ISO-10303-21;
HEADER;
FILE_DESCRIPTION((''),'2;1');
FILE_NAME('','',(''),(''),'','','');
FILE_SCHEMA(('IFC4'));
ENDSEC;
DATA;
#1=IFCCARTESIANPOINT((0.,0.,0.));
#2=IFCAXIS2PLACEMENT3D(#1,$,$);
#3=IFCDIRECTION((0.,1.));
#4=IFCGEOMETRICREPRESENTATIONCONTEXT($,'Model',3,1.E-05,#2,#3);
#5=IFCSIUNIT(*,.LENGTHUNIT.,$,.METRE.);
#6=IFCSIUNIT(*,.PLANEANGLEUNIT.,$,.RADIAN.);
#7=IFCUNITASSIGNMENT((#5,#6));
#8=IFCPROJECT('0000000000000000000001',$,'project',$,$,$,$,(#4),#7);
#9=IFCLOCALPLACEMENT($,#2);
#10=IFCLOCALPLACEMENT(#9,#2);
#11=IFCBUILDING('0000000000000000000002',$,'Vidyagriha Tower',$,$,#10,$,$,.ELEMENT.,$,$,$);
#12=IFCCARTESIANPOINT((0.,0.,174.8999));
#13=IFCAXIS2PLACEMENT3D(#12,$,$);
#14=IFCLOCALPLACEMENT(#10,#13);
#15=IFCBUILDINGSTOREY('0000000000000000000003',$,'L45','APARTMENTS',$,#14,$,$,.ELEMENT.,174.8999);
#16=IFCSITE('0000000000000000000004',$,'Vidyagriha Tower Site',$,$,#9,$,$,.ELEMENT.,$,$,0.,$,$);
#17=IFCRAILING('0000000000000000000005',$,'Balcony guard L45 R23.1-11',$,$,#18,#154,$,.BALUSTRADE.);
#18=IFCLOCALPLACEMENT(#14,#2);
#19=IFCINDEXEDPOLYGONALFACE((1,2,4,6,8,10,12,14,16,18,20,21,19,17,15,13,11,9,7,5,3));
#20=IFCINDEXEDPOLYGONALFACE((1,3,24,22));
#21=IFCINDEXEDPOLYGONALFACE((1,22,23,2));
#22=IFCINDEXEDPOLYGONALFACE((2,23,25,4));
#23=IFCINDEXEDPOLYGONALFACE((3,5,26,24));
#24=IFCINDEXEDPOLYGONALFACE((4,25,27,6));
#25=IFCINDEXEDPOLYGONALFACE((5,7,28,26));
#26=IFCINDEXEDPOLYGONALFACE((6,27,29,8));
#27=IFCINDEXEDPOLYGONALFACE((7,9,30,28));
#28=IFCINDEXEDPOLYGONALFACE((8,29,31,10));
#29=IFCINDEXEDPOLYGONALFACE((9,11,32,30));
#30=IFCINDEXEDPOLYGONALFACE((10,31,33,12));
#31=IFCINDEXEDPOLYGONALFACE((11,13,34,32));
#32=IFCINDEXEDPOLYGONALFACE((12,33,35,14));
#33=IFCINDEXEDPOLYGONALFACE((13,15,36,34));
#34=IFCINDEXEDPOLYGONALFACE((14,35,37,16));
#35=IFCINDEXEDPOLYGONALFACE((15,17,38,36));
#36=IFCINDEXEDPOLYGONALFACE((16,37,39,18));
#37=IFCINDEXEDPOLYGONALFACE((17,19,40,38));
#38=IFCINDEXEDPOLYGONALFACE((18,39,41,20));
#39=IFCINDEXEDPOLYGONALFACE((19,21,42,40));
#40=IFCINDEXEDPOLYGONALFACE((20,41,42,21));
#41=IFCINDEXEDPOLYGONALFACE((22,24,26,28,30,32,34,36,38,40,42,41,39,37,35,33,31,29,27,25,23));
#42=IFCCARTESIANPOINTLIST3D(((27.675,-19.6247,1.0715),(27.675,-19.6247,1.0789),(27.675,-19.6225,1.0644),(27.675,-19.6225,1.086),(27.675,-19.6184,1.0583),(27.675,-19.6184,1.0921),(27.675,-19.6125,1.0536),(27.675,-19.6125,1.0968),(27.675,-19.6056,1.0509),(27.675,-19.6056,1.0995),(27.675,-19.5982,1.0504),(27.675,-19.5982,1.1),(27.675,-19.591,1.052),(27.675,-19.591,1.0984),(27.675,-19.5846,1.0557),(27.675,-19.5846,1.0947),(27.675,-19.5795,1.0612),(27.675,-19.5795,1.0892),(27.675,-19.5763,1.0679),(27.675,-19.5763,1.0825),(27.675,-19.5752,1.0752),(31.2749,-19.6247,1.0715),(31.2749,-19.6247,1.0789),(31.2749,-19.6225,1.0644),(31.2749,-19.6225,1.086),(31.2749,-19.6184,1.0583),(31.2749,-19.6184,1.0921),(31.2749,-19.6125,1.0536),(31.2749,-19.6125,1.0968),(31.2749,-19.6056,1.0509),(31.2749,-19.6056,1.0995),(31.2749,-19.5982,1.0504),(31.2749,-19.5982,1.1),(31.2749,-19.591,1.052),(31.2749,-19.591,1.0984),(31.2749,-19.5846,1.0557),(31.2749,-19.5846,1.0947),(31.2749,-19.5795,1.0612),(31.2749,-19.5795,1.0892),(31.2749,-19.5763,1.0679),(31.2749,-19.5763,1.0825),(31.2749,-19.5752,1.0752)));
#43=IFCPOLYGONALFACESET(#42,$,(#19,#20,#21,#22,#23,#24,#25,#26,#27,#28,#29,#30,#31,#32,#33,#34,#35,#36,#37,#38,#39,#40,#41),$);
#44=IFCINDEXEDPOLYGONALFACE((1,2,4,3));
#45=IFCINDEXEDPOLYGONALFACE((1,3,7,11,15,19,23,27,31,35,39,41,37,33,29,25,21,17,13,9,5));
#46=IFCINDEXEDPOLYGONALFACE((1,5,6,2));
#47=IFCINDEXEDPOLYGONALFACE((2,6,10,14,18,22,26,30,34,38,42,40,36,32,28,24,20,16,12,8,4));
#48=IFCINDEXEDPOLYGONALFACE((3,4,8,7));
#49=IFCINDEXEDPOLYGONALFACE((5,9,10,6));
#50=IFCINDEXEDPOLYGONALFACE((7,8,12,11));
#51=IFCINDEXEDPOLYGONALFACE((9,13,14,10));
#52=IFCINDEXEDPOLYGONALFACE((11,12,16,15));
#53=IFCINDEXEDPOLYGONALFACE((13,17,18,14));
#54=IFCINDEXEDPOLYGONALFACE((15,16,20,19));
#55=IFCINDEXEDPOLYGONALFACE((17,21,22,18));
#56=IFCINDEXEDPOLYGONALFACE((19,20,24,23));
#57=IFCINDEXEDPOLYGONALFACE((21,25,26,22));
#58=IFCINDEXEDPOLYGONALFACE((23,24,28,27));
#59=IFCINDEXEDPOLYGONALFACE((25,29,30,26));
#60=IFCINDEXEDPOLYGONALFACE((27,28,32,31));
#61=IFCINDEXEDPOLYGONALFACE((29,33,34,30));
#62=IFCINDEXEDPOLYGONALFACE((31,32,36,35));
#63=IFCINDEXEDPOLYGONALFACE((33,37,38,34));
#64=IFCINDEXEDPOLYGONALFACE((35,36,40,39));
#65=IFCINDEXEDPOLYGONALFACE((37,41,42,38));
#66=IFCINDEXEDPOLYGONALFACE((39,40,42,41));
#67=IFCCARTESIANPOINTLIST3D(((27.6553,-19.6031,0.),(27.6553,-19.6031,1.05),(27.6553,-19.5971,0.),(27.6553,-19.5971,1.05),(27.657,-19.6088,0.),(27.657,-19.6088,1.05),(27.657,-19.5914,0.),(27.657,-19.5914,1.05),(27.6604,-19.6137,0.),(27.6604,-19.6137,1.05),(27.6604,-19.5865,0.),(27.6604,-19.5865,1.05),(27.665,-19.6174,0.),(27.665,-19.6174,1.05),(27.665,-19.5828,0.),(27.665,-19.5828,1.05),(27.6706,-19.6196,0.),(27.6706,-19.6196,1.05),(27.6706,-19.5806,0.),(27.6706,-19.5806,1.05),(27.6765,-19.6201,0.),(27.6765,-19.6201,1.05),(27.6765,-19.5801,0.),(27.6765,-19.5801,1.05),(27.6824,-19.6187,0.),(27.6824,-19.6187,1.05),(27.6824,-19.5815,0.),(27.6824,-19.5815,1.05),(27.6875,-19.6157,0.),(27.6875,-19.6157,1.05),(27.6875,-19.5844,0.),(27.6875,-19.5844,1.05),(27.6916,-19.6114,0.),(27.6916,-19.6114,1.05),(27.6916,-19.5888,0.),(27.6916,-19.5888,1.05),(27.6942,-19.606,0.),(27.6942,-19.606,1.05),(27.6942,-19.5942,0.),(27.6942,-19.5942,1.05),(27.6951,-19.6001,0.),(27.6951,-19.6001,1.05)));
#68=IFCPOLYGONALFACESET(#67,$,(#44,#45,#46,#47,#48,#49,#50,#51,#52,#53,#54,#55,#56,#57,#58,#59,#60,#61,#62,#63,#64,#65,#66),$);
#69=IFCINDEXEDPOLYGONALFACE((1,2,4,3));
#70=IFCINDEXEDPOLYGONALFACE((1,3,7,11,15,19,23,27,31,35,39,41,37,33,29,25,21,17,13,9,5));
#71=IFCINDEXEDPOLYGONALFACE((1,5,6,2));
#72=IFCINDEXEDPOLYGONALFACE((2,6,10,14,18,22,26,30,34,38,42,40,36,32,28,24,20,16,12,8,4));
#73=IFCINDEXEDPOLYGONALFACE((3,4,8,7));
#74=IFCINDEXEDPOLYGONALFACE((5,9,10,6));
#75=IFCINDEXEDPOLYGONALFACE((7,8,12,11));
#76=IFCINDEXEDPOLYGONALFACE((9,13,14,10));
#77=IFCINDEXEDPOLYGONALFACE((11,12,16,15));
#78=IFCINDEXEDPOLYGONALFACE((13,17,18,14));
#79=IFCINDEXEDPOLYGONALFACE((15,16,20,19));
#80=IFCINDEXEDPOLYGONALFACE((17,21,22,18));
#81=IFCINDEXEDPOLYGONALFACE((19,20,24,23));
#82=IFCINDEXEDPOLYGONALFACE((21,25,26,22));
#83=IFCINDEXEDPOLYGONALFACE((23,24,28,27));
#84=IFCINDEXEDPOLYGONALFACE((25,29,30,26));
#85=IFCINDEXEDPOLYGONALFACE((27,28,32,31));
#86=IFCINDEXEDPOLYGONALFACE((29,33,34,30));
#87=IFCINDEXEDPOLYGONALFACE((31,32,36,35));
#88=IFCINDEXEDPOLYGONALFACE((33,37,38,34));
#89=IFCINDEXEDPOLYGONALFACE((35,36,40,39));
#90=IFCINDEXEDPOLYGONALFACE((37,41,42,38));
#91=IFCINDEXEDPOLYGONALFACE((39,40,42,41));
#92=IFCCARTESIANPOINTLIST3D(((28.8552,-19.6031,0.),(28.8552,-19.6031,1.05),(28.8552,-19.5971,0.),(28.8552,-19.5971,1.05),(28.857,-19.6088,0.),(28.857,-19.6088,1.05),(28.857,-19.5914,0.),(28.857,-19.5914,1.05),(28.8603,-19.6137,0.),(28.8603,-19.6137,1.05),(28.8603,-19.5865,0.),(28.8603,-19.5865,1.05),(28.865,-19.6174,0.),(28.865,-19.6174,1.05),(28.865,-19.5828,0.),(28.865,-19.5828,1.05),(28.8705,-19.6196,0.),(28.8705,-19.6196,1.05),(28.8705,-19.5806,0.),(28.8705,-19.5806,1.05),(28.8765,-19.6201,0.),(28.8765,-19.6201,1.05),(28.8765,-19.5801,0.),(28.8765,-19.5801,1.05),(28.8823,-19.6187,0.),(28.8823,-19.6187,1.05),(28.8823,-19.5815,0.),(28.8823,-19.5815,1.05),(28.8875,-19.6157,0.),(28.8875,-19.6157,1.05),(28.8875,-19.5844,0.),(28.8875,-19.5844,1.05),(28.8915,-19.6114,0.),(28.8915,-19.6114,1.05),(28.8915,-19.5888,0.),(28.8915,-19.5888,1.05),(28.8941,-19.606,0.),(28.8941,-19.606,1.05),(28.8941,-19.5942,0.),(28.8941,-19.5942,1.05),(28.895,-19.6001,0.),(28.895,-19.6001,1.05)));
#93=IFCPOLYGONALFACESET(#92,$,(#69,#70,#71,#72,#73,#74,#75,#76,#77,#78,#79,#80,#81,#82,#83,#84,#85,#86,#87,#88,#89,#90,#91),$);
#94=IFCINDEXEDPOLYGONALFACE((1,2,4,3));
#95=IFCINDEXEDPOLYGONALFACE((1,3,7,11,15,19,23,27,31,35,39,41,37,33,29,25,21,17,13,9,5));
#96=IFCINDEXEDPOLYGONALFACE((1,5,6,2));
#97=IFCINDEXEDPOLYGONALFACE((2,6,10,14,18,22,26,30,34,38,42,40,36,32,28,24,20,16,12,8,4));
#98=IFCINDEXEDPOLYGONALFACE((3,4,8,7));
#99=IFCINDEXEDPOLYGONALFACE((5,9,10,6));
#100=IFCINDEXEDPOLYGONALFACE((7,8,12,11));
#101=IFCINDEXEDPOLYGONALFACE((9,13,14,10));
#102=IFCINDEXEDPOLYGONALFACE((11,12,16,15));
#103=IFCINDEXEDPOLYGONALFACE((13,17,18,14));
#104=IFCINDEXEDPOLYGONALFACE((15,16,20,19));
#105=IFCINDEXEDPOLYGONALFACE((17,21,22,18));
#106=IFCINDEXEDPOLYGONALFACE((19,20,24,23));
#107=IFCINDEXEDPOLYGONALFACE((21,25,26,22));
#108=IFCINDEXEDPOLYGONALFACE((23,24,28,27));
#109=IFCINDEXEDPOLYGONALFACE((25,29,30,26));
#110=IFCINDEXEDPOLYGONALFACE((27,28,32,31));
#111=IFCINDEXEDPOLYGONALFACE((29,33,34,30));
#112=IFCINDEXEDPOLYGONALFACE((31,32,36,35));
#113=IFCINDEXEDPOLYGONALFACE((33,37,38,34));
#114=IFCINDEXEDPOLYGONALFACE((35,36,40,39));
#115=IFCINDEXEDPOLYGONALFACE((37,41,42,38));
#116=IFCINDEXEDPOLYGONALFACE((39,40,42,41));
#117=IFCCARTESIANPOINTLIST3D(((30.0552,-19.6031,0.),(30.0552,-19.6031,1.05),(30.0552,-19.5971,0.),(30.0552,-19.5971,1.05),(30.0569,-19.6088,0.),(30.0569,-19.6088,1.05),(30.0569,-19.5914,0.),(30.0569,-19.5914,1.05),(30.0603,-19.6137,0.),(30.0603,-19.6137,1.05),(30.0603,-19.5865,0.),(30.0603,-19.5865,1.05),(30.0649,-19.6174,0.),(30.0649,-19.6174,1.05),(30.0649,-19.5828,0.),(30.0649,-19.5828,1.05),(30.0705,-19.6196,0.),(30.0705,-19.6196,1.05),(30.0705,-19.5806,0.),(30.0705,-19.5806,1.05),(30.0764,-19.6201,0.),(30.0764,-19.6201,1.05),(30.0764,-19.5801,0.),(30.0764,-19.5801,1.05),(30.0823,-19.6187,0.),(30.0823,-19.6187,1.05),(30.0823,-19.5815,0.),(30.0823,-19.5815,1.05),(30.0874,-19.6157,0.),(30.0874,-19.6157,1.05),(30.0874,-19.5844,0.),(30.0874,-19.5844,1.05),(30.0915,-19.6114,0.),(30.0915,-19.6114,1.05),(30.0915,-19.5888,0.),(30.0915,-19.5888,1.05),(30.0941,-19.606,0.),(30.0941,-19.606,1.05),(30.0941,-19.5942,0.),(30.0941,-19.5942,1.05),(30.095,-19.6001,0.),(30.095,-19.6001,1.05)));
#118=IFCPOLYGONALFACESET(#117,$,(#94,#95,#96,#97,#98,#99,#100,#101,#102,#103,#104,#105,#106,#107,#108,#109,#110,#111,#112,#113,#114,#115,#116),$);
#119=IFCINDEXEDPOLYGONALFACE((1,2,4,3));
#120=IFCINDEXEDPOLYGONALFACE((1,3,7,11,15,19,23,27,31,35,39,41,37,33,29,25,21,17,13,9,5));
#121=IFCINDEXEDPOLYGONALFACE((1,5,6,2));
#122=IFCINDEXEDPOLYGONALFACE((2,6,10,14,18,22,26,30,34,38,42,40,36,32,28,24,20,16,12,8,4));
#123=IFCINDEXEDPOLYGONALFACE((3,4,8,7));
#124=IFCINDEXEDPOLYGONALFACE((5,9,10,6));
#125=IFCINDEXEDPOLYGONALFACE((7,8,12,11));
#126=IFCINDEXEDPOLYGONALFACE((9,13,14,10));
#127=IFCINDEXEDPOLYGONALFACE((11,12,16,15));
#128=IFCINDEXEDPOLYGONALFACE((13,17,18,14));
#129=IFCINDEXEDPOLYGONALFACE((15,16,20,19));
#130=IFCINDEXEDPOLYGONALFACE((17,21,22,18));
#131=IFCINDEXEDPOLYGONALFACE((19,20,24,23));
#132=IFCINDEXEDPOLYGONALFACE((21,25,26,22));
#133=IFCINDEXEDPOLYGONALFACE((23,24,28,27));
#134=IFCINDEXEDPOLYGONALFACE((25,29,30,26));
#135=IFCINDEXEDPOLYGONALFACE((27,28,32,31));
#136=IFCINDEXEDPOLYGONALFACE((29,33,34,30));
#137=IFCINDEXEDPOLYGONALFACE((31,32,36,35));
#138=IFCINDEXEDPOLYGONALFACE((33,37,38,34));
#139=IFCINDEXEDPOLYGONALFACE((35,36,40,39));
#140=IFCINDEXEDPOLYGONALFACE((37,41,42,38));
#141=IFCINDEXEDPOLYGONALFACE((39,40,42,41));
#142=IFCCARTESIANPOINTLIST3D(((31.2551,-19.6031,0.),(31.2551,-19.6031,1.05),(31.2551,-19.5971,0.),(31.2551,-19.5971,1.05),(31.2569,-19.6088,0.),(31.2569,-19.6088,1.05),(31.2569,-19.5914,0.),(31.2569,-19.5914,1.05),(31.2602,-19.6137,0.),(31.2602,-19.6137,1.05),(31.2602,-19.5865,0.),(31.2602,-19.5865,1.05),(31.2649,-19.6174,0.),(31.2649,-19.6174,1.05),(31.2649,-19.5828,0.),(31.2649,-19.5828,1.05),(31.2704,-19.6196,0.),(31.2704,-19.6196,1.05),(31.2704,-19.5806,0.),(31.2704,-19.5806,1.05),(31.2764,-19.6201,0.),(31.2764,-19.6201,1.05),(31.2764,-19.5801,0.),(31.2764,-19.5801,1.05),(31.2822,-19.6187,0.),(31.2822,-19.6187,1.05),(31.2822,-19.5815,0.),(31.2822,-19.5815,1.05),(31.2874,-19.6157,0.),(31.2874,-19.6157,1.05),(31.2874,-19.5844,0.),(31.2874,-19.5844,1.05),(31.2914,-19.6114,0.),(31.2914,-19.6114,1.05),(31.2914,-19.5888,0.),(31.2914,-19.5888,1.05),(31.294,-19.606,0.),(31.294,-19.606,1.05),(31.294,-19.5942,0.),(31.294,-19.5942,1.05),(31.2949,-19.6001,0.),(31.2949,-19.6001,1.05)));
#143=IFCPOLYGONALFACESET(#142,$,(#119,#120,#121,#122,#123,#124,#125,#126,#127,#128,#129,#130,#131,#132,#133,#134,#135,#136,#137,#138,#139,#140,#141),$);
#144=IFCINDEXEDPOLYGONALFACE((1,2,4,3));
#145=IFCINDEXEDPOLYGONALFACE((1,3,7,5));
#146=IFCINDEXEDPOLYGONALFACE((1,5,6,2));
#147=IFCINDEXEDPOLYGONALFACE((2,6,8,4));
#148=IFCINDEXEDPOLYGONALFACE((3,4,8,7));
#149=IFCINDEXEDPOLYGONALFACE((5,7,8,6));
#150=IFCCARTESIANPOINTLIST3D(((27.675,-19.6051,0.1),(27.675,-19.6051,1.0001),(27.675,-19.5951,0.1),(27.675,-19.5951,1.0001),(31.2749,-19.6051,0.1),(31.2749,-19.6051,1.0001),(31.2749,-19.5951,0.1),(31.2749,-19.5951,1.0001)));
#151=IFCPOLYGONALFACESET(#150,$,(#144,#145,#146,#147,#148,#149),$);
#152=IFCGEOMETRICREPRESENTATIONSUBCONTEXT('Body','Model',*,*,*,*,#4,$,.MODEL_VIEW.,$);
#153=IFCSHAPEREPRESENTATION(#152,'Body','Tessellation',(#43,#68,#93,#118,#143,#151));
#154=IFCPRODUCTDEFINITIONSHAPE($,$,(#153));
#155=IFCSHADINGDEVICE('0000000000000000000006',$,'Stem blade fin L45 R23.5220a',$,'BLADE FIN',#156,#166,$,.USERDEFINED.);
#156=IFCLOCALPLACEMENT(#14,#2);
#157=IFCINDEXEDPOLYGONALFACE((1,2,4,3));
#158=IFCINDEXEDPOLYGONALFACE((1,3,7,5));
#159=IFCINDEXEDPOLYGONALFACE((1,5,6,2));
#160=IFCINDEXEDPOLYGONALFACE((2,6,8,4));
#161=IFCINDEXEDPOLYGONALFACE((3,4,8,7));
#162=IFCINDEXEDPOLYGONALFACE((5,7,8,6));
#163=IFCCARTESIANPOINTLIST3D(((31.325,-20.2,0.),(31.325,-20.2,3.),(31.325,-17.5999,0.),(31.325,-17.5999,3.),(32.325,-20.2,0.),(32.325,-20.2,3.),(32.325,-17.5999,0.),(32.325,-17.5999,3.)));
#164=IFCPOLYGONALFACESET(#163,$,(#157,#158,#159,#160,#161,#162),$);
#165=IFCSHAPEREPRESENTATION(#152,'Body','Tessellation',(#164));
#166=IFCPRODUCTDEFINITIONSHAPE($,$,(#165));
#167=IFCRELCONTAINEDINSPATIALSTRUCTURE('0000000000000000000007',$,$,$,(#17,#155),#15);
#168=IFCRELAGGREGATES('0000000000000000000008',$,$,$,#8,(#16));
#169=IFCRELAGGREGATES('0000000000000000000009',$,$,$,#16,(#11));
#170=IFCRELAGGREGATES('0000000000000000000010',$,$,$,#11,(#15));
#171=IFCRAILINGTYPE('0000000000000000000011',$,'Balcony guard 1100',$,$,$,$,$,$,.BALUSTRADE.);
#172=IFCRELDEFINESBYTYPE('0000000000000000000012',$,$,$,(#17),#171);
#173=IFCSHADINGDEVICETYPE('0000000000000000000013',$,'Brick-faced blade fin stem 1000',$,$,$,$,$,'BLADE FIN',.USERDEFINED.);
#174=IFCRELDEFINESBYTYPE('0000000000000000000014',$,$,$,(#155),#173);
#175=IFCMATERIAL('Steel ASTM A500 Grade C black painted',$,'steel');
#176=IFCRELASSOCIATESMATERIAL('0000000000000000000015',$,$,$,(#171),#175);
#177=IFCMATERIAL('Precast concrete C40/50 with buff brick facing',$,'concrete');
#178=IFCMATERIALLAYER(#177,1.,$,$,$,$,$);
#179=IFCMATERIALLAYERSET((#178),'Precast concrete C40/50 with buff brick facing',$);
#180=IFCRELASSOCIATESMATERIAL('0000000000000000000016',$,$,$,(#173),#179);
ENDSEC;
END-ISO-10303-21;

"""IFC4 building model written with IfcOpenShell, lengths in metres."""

from ifc_helpers import new_model, si_unit, direction, frame, origin, origin_2d, place, context, subcontext, project, spatial, polyline, rectangle, circle, outline, extrude, material, layer, layer_set, type_object, element, save


model = new_model("IFC4")

# Units and contexts
model_context = context("Model", 3, precision=1e-05, world=origin(), true_north=direction((0.0, 1.0)))
body_context = subcontext(model_context, "Body", "Model", "MODEL_VIEW")
ifc_project = project(units=[si_unit("LENGTHUNIT", "METRE"), si_unit("PLANEANGLEUNIT", "RADIAN")], contexts=[model_context])

# Site, building, storey
site_placement = place(None, origin())
site = spatial("IfcSite", under=ifc_project, at=site_placement, Name="Vidyagriha Tower Site", CompositionType="ELEMENT", RefElevation=0.0)
building_placement = place(site_placement, origin())
building = spatial("IfcBuilding", under=site, at=building_placement, Name="Vidyagriha Tower", CompositionType="ELEMENT")
storey_placement = place(building_placement, frame((0.0, 0.0, 174.8999)))
storey = spatial("IfcBuildingStorey", under=building, at=storey_placement, Name="L45", Description="APARTMENTS", CompositionType="ELEMENT", Elevation=174.8999)

# Railing
ifc_material_1 = material(Name="Steel ASTM A500 Grade C black painted", Category="steel")
railing_type_1 = type_object("IfcRailingType", Name="Balcony guard 1100", PredefinedType="BALUSTRADE", material=ifc_material_1)
railing_1_placement = place(storey_placement, frame((27.675, -19.6001, 0.0)))
element("IfcRailing", 1, at=railing_1_placement, inside=storey, type_object=railing_type_1, Name="Balcony guard L45 R23.1-11", PredefinedType="BALUSTRADE", context=body_context, shape_type="SweptSolid", body=[
    extrude(circle(Radius=0.0249, at=origin_2d()), frame((0.0, 0.0, 1.0752), z_axis=(1.0, 0.0, 0.0), x_axis=(0.0, 1.0, 0.0)), (0.0, 0.0, 1.0), 3.5999),
    extrude(circle(Radius=0.02, at=origin_2d()), origin(), (0.0, 0.0, 1.0), 1.05),
    extrude(circle(Radius=0.02, at=origin_2d()), frame((1.2, 0.0, 0.0)), (0.0, 0.0, 1.0), 1.05),
    extrude(circle(Radius=0.02, at=origin_2d()), frame((2.3999, 0.0, 0.0)), (0.0, 0.0, 1.0), 1.05),
    extrude(circle(Radius=0.02, at=origin_2d()), frame((3.5999, 0.0, 0.0)), (0.0, 0.0, 1.0), 1.05),
    extrude(rectangle(XDim=0.01, YDim=0.9001, at=origin_2d()), frame((0.0, 0.0, 0.55), z_axis=(1.0, 0.0, 0.0), x_axis=(0.0, 1.0, 0.0)), (0.0, 0.0, 1.0), 3.5999),
])

# Shading device
ifc_material_2 = material(Name="Precast concrete C40/50 with buff brick facing", Category="concrete")
ifc_layer_1 = layer(ifc_material_2, 1.0)
ifc_layer_set_1 = layer_set([ifc_layer_1], Name="Precast concrete C40/50 with buff brick facing")
shading_device_type = type_object("IfcShadingDeviceType", Name="Brick-faced blade fin stem 1000", ElementType="BLADE FIN", PredefinedType="USERDEFINED", material=ifc_layer_set_1)
shading_device_placement = place(storey_placement, frame((31.325, -18.8999, 0.0)))
element("IfcShadingDevice", 2, at=shading_device_placement, inside=storey, type_object=shading_device_type, Name="Stem blade fin L45 R23.5220a", ObjectType="BLADE FIN", PredefinedType="USERDEFINED", context=body_context, shape_type="SweptSolid", body=[
    extrude(outline(polyline([(0.0, 0.0), (1.0, 0.0), (1.0, 3.0), (0.0, 3.0), (0.0, 0.0)])), frame((0.0, 1.3, 0.0), z_axis=(0.0, -1.0, 0.0), x_axis=(1.0, 0.0, 0.0)), (0.0, 0.0, 1.0), 2.6001),
])

save(model, "model.ifc")
